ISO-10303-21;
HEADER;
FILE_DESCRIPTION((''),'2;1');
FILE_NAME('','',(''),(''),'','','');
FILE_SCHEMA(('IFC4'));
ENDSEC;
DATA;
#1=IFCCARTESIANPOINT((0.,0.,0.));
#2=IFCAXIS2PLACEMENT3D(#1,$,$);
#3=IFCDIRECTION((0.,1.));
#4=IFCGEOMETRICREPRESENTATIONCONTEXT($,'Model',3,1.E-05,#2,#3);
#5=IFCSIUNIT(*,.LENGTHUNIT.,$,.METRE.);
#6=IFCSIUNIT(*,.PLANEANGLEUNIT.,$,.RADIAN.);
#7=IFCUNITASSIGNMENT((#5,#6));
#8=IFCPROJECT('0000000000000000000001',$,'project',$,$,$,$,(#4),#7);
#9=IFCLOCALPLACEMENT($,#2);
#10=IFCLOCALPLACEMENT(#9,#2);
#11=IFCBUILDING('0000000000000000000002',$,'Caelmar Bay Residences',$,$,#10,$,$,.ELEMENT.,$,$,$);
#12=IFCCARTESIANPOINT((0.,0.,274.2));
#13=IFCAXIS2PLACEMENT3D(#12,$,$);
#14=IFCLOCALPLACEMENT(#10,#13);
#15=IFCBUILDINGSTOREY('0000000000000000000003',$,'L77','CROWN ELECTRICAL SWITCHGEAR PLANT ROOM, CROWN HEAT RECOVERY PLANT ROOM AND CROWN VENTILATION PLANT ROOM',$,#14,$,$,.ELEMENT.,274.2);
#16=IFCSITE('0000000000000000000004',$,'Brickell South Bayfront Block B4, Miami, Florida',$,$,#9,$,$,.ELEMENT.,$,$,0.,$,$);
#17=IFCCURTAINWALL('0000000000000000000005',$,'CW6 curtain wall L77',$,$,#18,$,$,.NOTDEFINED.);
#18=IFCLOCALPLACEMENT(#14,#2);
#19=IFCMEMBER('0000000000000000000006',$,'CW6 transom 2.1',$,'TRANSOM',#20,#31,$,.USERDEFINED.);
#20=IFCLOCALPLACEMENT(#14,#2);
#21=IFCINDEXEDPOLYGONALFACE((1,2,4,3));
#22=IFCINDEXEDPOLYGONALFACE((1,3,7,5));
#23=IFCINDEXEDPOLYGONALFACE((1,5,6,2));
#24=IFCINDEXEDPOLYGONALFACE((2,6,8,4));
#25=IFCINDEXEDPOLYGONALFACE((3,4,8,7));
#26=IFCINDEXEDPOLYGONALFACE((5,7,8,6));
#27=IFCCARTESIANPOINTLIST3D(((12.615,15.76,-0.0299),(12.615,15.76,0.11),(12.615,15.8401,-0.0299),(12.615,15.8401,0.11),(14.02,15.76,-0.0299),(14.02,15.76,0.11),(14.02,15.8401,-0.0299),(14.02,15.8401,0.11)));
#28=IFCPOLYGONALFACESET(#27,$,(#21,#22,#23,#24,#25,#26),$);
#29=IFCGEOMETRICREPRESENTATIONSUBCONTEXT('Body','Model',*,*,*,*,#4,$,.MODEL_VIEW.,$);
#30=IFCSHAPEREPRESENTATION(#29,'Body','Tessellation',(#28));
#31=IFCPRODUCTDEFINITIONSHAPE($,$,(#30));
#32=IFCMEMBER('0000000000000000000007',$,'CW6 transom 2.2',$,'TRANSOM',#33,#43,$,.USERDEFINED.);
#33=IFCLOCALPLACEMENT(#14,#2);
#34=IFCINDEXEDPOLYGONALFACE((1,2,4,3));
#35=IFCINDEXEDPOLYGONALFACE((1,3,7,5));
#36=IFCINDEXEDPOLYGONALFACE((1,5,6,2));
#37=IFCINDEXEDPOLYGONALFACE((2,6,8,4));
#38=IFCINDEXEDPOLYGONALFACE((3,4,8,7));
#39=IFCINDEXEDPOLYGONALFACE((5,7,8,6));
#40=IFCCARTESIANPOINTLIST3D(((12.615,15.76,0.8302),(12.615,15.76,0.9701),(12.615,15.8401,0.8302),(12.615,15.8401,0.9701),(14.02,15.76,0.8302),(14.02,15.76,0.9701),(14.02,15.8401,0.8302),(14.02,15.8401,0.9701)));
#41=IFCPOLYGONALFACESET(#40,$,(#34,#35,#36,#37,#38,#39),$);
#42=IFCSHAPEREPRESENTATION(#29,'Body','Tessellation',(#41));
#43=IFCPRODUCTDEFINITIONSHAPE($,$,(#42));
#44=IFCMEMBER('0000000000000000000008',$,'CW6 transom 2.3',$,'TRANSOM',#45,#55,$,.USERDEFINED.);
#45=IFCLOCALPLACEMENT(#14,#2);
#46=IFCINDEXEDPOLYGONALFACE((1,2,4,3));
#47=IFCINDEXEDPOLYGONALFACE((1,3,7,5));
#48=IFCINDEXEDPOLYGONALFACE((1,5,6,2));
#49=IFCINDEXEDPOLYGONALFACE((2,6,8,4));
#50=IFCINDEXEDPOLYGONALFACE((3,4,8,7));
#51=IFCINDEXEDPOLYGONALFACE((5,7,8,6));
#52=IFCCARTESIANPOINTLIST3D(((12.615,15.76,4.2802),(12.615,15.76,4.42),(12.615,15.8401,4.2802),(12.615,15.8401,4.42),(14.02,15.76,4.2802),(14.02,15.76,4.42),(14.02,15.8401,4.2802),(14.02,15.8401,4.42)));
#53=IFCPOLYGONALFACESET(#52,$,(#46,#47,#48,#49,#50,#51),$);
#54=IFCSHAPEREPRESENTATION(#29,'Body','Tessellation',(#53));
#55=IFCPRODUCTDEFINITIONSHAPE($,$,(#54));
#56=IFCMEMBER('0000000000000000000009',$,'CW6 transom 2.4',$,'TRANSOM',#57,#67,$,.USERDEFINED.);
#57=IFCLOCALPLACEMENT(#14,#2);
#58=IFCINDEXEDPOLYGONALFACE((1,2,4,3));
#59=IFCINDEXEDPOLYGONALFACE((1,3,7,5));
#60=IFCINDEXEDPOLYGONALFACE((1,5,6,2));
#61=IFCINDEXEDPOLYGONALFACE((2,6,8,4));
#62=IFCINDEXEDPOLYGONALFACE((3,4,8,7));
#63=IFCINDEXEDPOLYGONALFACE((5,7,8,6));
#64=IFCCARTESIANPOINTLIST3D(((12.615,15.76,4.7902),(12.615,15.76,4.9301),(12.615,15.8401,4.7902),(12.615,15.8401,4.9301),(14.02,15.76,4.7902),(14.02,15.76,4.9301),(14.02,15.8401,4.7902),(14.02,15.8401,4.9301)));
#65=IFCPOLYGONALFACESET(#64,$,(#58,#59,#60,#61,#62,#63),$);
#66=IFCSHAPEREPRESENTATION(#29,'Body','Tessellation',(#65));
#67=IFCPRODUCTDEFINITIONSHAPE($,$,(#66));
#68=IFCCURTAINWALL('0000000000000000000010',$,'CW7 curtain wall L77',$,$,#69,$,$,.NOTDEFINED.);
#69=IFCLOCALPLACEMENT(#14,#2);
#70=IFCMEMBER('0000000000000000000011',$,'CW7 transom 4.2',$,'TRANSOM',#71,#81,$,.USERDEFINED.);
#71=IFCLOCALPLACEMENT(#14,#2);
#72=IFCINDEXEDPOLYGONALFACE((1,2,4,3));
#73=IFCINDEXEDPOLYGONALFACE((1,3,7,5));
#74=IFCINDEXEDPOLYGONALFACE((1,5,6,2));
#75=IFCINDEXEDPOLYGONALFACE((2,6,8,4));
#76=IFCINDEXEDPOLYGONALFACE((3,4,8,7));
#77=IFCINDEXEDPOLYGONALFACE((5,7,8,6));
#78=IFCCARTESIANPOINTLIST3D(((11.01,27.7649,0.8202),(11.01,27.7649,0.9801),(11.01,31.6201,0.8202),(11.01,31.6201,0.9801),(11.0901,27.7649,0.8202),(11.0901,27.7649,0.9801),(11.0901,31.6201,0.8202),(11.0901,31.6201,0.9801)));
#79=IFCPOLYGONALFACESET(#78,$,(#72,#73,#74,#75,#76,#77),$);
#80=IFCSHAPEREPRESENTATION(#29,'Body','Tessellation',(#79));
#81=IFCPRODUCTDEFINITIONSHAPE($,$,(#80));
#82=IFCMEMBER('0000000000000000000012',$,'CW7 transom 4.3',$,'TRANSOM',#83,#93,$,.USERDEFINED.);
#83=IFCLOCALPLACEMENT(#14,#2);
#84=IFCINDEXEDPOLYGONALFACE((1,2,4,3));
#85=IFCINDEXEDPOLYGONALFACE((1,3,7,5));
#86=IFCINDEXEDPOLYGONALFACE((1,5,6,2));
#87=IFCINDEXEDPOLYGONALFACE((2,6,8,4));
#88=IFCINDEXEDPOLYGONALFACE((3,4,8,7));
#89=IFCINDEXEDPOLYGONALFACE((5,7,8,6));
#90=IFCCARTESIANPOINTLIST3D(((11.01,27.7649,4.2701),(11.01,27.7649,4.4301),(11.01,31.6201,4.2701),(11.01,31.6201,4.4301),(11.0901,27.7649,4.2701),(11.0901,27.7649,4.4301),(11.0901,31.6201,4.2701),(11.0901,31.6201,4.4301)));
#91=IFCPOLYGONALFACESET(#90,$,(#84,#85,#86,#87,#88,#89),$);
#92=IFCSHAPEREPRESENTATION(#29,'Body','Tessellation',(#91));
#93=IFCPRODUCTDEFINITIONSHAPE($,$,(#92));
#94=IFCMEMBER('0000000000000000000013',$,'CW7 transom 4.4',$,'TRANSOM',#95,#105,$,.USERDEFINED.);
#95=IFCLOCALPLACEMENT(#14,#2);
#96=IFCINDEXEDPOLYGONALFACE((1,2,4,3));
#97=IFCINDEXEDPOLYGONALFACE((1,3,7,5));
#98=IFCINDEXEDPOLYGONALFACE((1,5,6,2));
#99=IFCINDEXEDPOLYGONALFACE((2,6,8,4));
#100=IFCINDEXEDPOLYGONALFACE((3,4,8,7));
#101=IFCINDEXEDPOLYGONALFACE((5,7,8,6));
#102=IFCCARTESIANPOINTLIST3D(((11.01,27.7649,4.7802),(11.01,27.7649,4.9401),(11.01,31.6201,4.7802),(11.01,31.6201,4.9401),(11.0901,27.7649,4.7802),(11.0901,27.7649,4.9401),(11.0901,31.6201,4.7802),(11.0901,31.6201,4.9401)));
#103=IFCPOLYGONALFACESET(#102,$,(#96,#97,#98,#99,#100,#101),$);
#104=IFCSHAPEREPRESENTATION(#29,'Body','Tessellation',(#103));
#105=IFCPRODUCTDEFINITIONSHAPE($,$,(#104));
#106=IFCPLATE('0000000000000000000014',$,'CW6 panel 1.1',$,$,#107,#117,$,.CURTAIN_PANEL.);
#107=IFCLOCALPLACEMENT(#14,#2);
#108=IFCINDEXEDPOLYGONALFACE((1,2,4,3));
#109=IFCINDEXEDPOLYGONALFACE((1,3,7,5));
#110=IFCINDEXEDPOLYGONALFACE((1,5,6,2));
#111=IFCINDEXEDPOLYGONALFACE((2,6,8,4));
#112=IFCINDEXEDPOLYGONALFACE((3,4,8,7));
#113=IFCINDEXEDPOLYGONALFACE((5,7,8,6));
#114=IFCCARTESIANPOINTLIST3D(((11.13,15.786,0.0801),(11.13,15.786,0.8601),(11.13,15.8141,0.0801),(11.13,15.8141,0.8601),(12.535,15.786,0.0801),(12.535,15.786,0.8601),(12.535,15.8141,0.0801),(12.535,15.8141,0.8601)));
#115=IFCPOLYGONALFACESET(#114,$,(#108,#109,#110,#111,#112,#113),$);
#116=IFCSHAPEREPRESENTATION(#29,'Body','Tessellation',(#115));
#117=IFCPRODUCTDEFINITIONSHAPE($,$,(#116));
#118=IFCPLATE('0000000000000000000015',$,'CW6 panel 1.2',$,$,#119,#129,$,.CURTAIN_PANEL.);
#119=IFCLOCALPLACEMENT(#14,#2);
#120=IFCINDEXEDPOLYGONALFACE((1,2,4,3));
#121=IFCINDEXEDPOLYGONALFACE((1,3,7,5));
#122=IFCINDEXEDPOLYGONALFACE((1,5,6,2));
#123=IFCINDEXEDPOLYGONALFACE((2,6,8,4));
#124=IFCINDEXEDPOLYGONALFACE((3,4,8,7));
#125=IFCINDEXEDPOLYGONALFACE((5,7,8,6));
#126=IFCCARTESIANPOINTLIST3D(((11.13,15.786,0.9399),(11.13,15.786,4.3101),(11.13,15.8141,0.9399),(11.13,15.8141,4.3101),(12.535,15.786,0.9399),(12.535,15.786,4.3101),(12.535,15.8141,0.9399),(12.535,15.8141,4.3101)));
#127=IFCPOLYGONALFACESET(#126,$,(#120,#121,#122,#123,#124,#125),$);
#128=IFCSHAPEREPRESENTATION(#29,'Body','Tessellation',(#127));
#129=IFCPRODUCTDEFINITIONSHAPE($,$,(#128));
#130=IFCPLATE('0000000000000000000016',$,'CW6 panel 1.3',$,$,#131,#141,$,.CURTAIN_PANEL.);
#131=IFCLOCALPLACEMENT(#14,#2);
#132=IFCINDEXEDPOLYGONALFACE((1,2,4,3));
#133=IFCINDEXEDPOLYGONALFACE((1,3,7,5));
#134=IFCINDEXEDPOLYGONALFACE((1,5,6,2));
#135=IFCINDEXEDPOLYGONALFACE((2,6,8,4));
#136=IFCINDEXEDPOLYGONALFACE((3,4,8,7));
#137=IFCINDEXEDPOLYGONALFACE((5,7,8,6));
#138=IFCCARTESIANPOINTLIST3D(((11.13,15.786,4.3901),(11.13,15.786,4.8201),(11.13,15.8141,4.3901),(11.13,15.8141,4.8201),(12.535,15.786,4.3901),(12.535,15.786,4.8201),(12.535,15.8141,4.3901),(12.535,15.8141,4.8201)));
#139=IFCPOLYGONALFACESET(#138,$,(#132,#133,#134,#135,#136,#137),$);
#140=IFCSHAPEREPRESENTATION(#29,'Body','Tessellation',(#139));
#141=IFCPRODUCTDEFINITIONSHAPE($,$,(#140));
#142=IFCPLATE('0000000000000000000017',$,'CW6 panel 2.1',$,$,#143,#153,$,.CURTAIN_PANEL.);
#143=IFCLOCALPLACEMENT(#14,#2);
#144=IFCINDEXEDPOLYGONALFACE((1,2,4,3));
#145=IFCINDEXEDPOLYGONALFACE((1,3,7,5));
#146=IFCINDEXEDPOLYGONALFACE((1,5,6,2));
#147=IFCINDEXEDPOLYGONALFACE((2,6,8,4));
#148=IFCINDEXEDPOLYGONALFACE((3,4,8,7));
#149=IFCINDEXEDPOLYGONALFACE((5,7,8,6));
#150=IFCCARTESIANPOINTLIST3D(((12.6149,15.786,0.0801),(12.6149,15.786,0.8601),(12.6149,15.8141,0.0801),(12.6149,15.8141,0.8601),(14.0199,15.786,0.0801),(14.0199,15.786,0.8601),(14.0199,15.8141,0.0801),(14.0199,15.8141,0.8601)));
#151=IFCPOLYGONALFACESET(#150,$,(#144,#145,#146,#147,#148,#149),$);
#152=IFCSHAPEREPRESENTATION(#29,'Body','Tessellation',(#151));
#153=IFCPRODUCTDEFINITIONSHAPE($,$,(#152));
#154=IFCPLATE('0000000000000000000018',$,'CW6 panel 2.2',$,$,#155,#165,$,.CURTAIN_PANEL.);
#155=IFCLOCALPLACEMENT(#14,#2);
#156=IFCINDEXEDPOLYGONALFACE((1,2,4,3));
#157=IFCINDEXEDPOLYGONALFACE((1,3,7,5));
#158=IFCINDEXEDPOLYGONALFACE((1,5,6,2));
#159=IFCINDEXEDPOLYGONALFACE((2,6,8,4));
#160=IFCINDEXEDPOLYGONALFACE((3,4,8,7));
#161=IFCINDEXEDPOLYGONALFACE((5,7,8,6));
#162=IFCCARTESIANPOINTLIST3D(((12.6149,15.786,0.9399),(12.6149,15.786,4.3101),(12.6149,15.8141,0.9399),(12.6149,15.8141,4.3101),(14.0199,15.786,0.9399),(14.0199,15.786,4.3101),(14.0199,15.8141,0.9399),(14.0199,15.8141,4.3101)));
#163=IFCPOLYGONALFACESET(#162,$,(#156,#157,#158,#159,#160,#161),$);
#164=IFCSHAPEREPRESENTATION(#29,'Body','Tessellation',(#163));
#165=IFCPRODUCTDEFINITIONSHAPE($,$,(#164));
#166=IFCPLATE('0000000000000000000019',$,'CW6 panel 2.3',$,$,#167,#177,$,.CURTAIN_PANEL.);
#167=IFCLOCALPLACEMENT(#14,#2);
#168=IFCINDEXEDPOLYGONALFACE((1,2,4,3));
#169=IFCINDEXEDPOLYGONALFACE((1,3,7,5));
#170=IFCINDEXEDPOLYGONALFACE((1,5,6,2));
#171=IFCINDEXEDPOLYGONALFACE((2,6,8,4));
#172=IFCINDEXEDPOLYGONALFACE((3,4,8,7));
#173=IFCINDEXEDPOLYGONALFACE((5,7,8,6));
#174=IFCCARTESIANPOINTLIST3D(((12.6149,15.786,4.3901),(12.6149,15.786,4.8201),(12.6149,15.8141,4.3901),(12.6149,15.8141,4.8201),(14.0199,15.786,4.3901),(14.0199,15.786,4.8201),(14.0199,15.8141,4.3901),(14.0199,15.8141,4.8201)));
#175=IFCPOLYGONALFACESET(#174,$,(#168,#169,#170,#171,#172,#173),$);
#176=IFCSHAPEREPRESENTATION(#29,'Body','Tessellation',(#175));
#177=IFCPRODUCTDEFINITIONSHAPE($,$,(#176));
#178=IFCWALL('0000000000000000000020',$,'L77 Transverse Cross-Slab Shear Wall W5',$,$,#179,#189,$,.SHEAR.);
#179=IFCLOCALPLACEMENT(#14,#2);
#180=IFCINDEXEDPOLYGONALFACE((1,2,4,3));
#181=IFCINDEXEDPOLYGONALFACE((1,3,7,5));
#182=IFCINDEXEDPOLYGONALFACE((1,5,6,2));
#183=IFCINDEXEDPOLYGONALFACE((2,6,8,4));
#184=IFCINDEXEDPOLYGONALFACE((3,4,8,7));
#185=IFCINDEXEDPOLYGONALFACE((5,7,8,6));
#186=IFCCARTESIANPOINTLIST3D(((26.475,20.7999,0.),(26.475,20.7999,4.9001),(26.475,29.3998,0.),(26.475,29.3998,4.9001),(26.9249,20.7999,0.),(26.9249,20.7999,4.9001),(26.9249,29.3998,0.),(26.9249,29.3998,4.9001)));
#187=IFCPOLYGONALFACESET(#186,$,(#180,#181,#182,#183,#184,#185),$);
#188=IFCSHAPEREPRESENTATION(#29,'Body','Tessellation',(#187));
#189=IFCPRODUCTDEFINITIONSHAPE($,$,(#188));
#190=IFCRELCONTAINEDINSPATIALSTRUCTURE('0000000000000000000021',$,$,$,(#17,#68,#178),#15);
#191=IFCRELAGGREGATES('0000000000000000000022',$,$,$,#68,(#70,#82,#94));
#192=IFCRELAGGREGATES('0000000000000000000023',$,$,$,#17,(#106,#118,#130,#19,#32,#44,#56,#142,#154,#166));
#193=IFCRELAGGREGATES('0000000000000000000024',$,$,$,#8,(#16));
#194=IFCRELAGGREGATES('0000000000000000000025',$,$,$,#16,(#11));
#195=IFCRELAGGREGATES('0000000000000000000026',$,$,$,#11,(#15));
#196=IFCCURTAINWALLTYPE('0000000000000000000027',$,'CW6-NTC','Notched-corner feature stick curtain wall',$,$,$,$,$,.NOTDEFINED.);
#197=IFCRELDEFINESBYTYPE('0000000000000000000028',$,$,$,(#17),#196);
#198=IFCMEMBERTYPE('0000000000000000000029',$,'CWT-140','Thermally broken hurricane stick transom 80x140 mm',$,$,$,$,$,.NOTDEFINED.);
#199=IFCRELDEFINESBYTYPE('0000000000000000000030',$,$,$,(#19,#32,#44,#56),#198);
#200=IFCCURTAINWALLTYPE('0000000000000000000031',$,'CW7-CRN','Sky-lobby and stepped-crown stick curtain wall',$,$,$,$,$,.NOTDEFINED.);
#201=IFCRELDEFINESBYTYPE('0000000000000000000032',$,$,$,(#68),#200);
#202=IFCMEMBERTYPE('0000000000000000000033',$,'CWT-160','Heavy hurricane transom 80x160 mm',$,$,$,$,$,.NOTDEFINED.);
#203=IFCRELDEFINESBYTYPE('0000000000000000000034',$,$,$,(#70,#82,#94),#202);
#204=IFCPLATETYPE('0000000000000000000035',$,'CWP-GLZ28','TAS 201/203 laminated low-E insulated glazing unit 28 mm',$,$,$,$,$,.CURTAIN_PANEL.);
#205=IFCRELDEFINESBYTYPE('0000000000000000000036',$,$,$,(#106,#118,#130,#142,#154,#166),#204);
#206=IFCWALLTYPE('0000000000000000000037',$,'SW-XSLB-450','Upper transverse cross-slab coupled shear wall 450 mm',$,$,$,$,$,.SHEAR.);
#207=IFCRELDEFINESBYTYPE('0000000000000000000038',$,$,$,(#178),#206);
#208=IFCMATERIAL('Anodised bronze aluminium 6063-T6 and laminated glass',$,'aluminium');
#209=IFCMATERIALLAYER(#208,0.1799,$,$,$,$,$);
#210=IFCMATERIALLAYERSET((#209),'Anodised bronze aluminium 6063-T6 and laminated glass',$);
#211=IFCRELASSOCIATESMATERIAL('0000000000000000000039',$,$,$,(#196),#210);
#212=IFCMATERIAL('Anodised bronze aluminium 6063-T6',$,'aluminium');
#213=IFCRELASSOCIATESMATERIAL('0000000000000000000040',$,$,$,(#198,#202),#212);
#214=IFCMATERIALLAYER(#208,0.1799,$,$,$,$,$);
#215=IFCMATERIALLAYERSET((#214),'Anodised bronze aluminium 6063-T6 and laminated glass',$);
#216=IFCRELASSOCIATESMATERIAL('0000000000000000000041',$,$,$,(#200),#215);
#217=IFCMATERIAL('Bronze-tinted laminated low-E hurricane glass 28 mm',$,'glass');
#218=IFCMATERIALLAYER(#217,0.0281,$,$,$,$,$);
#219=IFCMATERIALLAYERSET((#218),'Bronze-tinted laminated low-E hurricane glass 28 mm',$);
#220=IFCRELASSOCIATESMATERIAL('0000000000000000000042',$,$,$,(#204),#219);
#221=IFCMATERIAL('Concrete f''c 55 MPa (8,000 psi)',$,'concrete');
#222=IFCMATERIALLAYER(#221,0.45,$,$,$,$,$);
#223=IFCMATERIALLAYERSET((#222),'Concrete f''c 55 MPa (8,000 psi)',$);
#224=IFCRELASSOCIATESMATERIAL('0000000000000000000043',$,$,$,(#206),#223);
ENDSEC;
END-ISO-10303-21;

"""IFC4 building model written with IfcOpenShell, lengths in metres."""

from ifc_helpers import new_model, si_unit, direction, frame, frame_2d, origin, origin_2d, place, context, subcontext, project, spatial, rectangle, extrude, material, layer, layer_set, material_profile, profile_set, type_object, element, aggregate, save


model = new_model("IFC4")

# Units and contexts
model_context = context("Model", 3, precision=1e-05, world=origin(), true_north=direction((0.0, 1.0)))
body_context = subcontext(model_context, "Body", "Model", "MODEL_VIEW")
ifc_project = project(units=[si_unit("LENGTHUNIT", "METRE"), si_unit("PLANEANGLEUNIT", "RADIAN")], contexts=[model_context])

# Site, building, storey
site_placement = place(None, origin())
site = spatial("IfcSite", under=ifc_project, at=site_placement, Name="Brickell South Bayfront Block B4, Miami, Florida", CompositionType="ELEMENT", RefElevation=0.0)
building_placement = place(site_placement, origin())
building = spatial("IfcBuilding", under=site, at=building_placement, Name="Caelmar Bay Residences", CompositionType="ELEMENT")
storey_placement = place(building_placement, frame((0.0, 0.0, 274.2)))
storey = spatial("IfcBuildingStorey", under=building, at=storey_placement, Name="L77", Description="CROWN ELECTRICAL SWITCHGEAR PLANT ROOM, CROWN HEAT RECOVERY PLANT ROOM AND CROWN VENTILATION PLANT ROOM", CompositionType="ELEMENT", Elevation=274.2)

# Shared definitions
ifc_material_1 = material(Name="Concrete f'c 55 MPa (8,000 psi)", Category="concrete")

# Curtain walls, members
ifc_material_2 = material(Name="Anodised bronze aluminium 6063-T6 and laminated glass", Category="aluminium")
ifc_layer_1 = layer(ifc_material_2, 0.1799)
ifc_layer_set_1 = layer_set([ifc_layer_1], Name="Anodised bronze aluminium 6063-T6 and laminated glass")
curtain_wall_type_1 = type_object("IfcCurtainWallType", Name="CW6-NTC", Description="Notched-corner feature stick curtain wall", PredefinedType="NOTDEFINED", material=ifc_layer_set_1)
curtain_wall_1_placement = place(storey_placement, origin())
curtain_wall_1 = element("IfcCurtainWall", 1, at=curtain_wall_1_placement, inside=storey, type_object=curtain_wall_type_1, Name="CW6 curtain wall L77", PredefinedType="NOTDEFINED")
ifc_material_3 = material(Name="Anodised bronze aluminium 6063-T6", Category="aluminium")
ifc_material_profile_1 = material_profile(ifc_material_3, rectangle(XDim=0.0801, YDim=0.1399, at=origin_2d()), Name="CWT-80X140")
ifc_profile_set_1 = profile_set([ifc_material_profile_1], Name="Anodised bronze aluminium 6063-T6")
member_type_1 = type_object("IfcMemberType", Name="CWT-140", Description="Thermally broken hurricane stick transom 80x140 mm", PredefinedType="NOTDEFINED", material=ifc_profile_set_1)
member_1_placement = place(storey_placement, frame((12.615, 15.8, 0.04), z_axis=(1.0, 0.0, 0.0), x_axis=(0.0, 1.0, 0.0)))
member_1 = element("IfcMember", 2, at=member_1_placement, type_object=member_type_1, Name="CW6 transom 2.1", ObjectType="TRANSOM", PredefinedType="USERDEFINED", context=body_context, shape_type="SweptSolid", body=[
    extrude(rectangle(XDim=0.0801, YDim=0.1399, at=origin_2d()), origin(), (0.0, 0.0, 1.0), 1.405),
])
member_2_placement = place(storey_placement, frame((12.615, 15.8, 0.9001), z_axis=(1.0, 0.0, 0.0), x_axis=(0.0, 1.0, 0.0)))
member_2 = element("IfcMember", 3, at=member_2_placement, type_object=member_type_1, Name="CW6 transom 2.2", ObjectType="TRANSOM", PredefinedType="USERDEFINED", context=body_context, shape_type="SweptSolid", body=[
    extrude(rectangle(XDim=0.0801, YDim=0.1399, at=origin_2d()), origin(), (0.0, 0.0, 1.0), 1.405),
])
member_3_placement = place(storey_placement, frame((12.615, 15.8, 4.3501), z_axis=(1.0, 0.0, 0.0), x_axis=(0.0, 1.0, 0.0)))
member_3 = element("IfcMember", 4, at=member_3_placement, type_object=member_type_1, Name="CW6 transom 2.3", ObjectType="TRANSOM", PredefinedType="USERDEFINED", context=body_context, shape_type="SweptSolid", body=[
    extrude(rectangle(XDim=0.0801, YDim=0.1399, at=origin_2d()), origin(), (0.0, 0.0, 1.0), 1.405),
])
member_4_placement = place(storey_placement, frame((12.615, 15.8, 4.8601), z_axis=(1.0, 0.0, 0.0), x_axis=(0.0, 1.0, 0.0)))
member_4 = element("IfcMember", 5, at=member_4_placement, type_object=member_type_1, Name="CW6 transom 2.4", ObjectType="TRANSOM", PredefinedType="USERDEFINED", context=body_context, shape_type="SweptSolid", body=[
    extrude(rectangle(XDim=0.0801, YDim=0.1399, at=origin_2d()), origin(), (0.0, 0.0, 1.0), 1.405),
])
ifc_layer_2 = layer(ifc_material_2, 0.1799)
ifc_layer_set_2 = layer_set([ifc_layer_2], Name="Anodised bronze aluminium 6063-T6 and laminated glass")
curtain_wall_type_2 = type_object("IfcCurtainWallType", Name="CW7-CRN", Description="Sky-lobby and stepped-crown stick curtain wall", PredefinedType="NOTDEFINED", material=ifc_layer_set_2)
curtain_wall_2_placement = place(storey_placement, origin())
curtain_wall_2 = element("IfcCurtainWall", 6, at=curtain_wall_2_placement, inside=storey, type_object=curtain_wall_type_2, Name="CW7 curtain wall L77", PredefinedType="NOTDEFINED")
ifc_material_profile_2 = material_profile(ifc_material_3, rectangle(XDim=0.0801, YDim=0.1599, at=origin_2d()), Name="CWT-80X160")
ifc_profile_set_2 = profile_set([ifc_material_profile_2], Name="Anodised bronze aluminium 6063-T6")
member_type_2 = type_object("IfcMemberType", Name="CWT-160", Description="Heavy hurricane transom 80x160 mm", PredefinedType="NOTDEFINED", material=ifc_profile_set_2)
member_5_placement = place(storey_placement, frame((11.05, 27.7649, 0.9001), z_axis=(0.0, 1.0, 0.0), x_axis=(-1.0, 0.0, 0.0)))
member_5 = element("IfcMember", 7, at=member_5_placement, type_object=member_type_2, Name="CW7 transom 4.2", ObjectType="TRANSOM", PredefinedType="USERDEFINED", context=body_context, shape_type="SweptSolid", body=[
    extrude(rectangle(XDim=0.0801, YDim=0.1599, at=origin_2d()), origin(), (0.0, 0.0, 1.0), 3.8552),
])
member_6_placement = place(storey_placement, frame((11.05, 27.7649, 4.3501), z_axis=(0.0, 1.0, 0.0), x_axis=(-1.0, 0.0, 0.0)))
member_6 = element("IfcMember", 8, at=member_6_placement, type_object=member_type_2, Name="CW7 transom 4.3", ObjectType="TRANSOM", PredefinedType="USERDEFINED", context=body_context, shape_type="SweptSolid", body=[
    extrude(rectangle(XDim=0.0801, YDim=0.1599, at=origin_2d()), origin(), (0.0, 0.0, 1.0), 3.8552),
])
member_7_placement = place(storey_placement, frame((11.05, 27.7649, 4.8601), z_axis=(0.0, 1.0, 0.0), x_axis=(-1.0, 0.0, 0.0)))
member_7 = element("IfcMember", 9, at=member_7_placement, type_object=member_type_2, Name="CW7 transom 4.4", ObjectType="TRANSOM", PredefinedType="USERDEFINED", context=body_context, shape_type="SweptSolid", body=[
    extrude(rectangle(XDim=0.0801, YDim=0.1599, at=origin_2d()), origin(), (0.0, 0.0, 1.0), 3.8552),
])
aggregate(curtain_wall_2, [member_5, member_6, member_7])

# Plates
ifc_material_4 = material(Name="Bronze-tinted laminated low-E hurricane glass 28 mm", Category="glass")
ifc_layer_3 = layer(ifc_material_4, 0.0281)
ifc_layer_set_3 = layer_set([ifc_layer_3], Name="Bronze-tinted laminated low-E hurricane glass 28 mm")
plate_type = type_object("IfcPlateType", Name="CWP-GLZ28", Description="TAS 201/203 laminated low-E insulated glazing unit 28 mm", PredefinedType="CURTAIN_PANEL", material=ifc_layer_set_3)
plate_1_placement = place(storey_placement, frame((11.8325, 15.8, 0.0801), z_axis=(0.0, 0.0, 1.0), x_axis=(1.0, 0.0, 0.0)))
plate_1 = element("IfcPlate", 10, at=plate_1_placement, type_object=plate_type, Name="CW6 panel 1.1", PredefinedType="CURTAIN_PANEL", context=body_context, shape_type="SweptSolid", body=[
    extrude(rectangle(XDim=1.405, YDim=0.0281, at=origin_2d()), origin(), (0.0, 0.0, 1.0), 0.78),
])
plate_2_placement = place(storey_placement, frame((11.8325, 15.8, 0.9399), z_axis=(0.0, 0.0, 1.0), x_axis=(1.0, 0.0, 0.0)))
plate_2 = element("IfcPlate", 11, at=plate_2_placement, type_object=plate_type, Name="CW6 panel 1.2", PredefinedType="CURTAIN_PANEL", context=body_context, shape_type="SweptSolid", body=[
    extrude(rectangle(XDim=1.405, YDim=0.0281, at=origin_2d()), origin(), (0.0, 0.0, 1.0), 3.3701),
])
plate_3_placement = place(storey_placement, frame((11.8325, 15.8, 4.3901), z_axis=(0.0, 0.0, 1.0), x_axis=(1.0, 0.0, 0.0)))
plate_3 = element("IfcPlate", 12, at=plate_3_placement, type_object=plate_type, Name="CW6 panel 1.3", PredefinedType="CURTAIN_PANEL", context=body_context, shape_type="SweptSolid", body=[
    extrude(rectangle(XDim=1.405, YDim=0.0281, at=origin_2d()), origin(), (0.0, 0.0, 1.0), 0.4299),
])
plate_4_placement = place(storey_placement, frame((13.3174, 15.8, 0.0801), z_axis=(0.0, 0.0, 1.0), x_axis=(1.0, 0.0, 0.0)))
plate_4 = element("IfcPlate", 13, at=plate_4_placement, type_object=plate_type, Name="CW6 panel 2.1", PredefinedType="CURTAIN_PANEL", context=body_context, shape_type="SweptSolid", body=[
    extrude(rectangle(XDim=1.405, YDim=0.0281, at=origin_2d()), origin(), (0.0, 0.0, 1.0), 0.78),
])
plate_5_placement = place(storey_placement, frame((13.3174, 15.8, 0.9399), z_axis=(0.0, 0.0, 1.0), x_axis=(1.0, 0.0, 0.0)))
plate_5 = element("IfcPlate", 14, at=plate_5_placement, type_object=plate_type, Name="CW6 panel 2.2", PredefinedType="CURTAIN_PANEL", context=body_context, shape_type="SweptSolid", body=[
    extrude(rectangle(XDim=1.405, YDim=0.0281, at=origin_2d()), origin(), (0.0, 0.0, 1.0), 3.3701),
])
plate_6_placement = place(storey_placement, frame((13.3174, 15.8, 4.3901), z_axis=(0.0, 0.0, 1.0), x_axis=(1.0, 0.0, 0.0)))
plate_6 = element("IfcPlate", 15, at=plate_6_placement, type_object=plate_type, Name="CW6 panel 2.3", PredefinedType="CURTAIN_PANEL", context=body_context, shape_type="SweptSolid", body=[
    extrude(rectangle(XDim=1.405, YDim=0.0281, at=origin_2d()), origin(), (0.0, 0.0, 1.0), 0.4299),
])
aggregate(curtain_wall_1, [plate_1, plate_2, plate_3, member_1, member_2, member_3, member_4, plate_4, plate_5, plate_6])

# Wall
ifc_layer_4 = layer(ifc_material_1, 0.45)
ifc_layer_set_4 = layer_set([ifc_layer_4], Name="Concrete f'c 55 MPa (8,000 psi)")
wall_type_1 = type_object("IfcWallType", Name="SW-XSLB-450", Description="Upper transverse cross-slab coupled shear wall 450 mm", PredefinedType="SHEAR", material=ifc_layer_set_4)
wall_1_placement = place(storey_placement, frame((26.7, 20.8, 0.0), z_axis=(0.0, 0.0, 1.0), x_axis=(0.0, 1.0, 0.0)))
element("IfcWall", 16, at=wall_1_placement, inside=storey, type_object=wall_type_1, Name="L77 Transverse Cross-Slab Shear Wall W5", PredefinedType="SHEAR", context=body_context, shape_type="SweptSolid", body=[
    extrude(rectangle(XDim=8.5999, YDim=0.45, at=frame_2d((4.2998, 0.0))), origin(), (0.0, 0.0, 1.0), 4.9001),
])

save(model, "model.ifc")
